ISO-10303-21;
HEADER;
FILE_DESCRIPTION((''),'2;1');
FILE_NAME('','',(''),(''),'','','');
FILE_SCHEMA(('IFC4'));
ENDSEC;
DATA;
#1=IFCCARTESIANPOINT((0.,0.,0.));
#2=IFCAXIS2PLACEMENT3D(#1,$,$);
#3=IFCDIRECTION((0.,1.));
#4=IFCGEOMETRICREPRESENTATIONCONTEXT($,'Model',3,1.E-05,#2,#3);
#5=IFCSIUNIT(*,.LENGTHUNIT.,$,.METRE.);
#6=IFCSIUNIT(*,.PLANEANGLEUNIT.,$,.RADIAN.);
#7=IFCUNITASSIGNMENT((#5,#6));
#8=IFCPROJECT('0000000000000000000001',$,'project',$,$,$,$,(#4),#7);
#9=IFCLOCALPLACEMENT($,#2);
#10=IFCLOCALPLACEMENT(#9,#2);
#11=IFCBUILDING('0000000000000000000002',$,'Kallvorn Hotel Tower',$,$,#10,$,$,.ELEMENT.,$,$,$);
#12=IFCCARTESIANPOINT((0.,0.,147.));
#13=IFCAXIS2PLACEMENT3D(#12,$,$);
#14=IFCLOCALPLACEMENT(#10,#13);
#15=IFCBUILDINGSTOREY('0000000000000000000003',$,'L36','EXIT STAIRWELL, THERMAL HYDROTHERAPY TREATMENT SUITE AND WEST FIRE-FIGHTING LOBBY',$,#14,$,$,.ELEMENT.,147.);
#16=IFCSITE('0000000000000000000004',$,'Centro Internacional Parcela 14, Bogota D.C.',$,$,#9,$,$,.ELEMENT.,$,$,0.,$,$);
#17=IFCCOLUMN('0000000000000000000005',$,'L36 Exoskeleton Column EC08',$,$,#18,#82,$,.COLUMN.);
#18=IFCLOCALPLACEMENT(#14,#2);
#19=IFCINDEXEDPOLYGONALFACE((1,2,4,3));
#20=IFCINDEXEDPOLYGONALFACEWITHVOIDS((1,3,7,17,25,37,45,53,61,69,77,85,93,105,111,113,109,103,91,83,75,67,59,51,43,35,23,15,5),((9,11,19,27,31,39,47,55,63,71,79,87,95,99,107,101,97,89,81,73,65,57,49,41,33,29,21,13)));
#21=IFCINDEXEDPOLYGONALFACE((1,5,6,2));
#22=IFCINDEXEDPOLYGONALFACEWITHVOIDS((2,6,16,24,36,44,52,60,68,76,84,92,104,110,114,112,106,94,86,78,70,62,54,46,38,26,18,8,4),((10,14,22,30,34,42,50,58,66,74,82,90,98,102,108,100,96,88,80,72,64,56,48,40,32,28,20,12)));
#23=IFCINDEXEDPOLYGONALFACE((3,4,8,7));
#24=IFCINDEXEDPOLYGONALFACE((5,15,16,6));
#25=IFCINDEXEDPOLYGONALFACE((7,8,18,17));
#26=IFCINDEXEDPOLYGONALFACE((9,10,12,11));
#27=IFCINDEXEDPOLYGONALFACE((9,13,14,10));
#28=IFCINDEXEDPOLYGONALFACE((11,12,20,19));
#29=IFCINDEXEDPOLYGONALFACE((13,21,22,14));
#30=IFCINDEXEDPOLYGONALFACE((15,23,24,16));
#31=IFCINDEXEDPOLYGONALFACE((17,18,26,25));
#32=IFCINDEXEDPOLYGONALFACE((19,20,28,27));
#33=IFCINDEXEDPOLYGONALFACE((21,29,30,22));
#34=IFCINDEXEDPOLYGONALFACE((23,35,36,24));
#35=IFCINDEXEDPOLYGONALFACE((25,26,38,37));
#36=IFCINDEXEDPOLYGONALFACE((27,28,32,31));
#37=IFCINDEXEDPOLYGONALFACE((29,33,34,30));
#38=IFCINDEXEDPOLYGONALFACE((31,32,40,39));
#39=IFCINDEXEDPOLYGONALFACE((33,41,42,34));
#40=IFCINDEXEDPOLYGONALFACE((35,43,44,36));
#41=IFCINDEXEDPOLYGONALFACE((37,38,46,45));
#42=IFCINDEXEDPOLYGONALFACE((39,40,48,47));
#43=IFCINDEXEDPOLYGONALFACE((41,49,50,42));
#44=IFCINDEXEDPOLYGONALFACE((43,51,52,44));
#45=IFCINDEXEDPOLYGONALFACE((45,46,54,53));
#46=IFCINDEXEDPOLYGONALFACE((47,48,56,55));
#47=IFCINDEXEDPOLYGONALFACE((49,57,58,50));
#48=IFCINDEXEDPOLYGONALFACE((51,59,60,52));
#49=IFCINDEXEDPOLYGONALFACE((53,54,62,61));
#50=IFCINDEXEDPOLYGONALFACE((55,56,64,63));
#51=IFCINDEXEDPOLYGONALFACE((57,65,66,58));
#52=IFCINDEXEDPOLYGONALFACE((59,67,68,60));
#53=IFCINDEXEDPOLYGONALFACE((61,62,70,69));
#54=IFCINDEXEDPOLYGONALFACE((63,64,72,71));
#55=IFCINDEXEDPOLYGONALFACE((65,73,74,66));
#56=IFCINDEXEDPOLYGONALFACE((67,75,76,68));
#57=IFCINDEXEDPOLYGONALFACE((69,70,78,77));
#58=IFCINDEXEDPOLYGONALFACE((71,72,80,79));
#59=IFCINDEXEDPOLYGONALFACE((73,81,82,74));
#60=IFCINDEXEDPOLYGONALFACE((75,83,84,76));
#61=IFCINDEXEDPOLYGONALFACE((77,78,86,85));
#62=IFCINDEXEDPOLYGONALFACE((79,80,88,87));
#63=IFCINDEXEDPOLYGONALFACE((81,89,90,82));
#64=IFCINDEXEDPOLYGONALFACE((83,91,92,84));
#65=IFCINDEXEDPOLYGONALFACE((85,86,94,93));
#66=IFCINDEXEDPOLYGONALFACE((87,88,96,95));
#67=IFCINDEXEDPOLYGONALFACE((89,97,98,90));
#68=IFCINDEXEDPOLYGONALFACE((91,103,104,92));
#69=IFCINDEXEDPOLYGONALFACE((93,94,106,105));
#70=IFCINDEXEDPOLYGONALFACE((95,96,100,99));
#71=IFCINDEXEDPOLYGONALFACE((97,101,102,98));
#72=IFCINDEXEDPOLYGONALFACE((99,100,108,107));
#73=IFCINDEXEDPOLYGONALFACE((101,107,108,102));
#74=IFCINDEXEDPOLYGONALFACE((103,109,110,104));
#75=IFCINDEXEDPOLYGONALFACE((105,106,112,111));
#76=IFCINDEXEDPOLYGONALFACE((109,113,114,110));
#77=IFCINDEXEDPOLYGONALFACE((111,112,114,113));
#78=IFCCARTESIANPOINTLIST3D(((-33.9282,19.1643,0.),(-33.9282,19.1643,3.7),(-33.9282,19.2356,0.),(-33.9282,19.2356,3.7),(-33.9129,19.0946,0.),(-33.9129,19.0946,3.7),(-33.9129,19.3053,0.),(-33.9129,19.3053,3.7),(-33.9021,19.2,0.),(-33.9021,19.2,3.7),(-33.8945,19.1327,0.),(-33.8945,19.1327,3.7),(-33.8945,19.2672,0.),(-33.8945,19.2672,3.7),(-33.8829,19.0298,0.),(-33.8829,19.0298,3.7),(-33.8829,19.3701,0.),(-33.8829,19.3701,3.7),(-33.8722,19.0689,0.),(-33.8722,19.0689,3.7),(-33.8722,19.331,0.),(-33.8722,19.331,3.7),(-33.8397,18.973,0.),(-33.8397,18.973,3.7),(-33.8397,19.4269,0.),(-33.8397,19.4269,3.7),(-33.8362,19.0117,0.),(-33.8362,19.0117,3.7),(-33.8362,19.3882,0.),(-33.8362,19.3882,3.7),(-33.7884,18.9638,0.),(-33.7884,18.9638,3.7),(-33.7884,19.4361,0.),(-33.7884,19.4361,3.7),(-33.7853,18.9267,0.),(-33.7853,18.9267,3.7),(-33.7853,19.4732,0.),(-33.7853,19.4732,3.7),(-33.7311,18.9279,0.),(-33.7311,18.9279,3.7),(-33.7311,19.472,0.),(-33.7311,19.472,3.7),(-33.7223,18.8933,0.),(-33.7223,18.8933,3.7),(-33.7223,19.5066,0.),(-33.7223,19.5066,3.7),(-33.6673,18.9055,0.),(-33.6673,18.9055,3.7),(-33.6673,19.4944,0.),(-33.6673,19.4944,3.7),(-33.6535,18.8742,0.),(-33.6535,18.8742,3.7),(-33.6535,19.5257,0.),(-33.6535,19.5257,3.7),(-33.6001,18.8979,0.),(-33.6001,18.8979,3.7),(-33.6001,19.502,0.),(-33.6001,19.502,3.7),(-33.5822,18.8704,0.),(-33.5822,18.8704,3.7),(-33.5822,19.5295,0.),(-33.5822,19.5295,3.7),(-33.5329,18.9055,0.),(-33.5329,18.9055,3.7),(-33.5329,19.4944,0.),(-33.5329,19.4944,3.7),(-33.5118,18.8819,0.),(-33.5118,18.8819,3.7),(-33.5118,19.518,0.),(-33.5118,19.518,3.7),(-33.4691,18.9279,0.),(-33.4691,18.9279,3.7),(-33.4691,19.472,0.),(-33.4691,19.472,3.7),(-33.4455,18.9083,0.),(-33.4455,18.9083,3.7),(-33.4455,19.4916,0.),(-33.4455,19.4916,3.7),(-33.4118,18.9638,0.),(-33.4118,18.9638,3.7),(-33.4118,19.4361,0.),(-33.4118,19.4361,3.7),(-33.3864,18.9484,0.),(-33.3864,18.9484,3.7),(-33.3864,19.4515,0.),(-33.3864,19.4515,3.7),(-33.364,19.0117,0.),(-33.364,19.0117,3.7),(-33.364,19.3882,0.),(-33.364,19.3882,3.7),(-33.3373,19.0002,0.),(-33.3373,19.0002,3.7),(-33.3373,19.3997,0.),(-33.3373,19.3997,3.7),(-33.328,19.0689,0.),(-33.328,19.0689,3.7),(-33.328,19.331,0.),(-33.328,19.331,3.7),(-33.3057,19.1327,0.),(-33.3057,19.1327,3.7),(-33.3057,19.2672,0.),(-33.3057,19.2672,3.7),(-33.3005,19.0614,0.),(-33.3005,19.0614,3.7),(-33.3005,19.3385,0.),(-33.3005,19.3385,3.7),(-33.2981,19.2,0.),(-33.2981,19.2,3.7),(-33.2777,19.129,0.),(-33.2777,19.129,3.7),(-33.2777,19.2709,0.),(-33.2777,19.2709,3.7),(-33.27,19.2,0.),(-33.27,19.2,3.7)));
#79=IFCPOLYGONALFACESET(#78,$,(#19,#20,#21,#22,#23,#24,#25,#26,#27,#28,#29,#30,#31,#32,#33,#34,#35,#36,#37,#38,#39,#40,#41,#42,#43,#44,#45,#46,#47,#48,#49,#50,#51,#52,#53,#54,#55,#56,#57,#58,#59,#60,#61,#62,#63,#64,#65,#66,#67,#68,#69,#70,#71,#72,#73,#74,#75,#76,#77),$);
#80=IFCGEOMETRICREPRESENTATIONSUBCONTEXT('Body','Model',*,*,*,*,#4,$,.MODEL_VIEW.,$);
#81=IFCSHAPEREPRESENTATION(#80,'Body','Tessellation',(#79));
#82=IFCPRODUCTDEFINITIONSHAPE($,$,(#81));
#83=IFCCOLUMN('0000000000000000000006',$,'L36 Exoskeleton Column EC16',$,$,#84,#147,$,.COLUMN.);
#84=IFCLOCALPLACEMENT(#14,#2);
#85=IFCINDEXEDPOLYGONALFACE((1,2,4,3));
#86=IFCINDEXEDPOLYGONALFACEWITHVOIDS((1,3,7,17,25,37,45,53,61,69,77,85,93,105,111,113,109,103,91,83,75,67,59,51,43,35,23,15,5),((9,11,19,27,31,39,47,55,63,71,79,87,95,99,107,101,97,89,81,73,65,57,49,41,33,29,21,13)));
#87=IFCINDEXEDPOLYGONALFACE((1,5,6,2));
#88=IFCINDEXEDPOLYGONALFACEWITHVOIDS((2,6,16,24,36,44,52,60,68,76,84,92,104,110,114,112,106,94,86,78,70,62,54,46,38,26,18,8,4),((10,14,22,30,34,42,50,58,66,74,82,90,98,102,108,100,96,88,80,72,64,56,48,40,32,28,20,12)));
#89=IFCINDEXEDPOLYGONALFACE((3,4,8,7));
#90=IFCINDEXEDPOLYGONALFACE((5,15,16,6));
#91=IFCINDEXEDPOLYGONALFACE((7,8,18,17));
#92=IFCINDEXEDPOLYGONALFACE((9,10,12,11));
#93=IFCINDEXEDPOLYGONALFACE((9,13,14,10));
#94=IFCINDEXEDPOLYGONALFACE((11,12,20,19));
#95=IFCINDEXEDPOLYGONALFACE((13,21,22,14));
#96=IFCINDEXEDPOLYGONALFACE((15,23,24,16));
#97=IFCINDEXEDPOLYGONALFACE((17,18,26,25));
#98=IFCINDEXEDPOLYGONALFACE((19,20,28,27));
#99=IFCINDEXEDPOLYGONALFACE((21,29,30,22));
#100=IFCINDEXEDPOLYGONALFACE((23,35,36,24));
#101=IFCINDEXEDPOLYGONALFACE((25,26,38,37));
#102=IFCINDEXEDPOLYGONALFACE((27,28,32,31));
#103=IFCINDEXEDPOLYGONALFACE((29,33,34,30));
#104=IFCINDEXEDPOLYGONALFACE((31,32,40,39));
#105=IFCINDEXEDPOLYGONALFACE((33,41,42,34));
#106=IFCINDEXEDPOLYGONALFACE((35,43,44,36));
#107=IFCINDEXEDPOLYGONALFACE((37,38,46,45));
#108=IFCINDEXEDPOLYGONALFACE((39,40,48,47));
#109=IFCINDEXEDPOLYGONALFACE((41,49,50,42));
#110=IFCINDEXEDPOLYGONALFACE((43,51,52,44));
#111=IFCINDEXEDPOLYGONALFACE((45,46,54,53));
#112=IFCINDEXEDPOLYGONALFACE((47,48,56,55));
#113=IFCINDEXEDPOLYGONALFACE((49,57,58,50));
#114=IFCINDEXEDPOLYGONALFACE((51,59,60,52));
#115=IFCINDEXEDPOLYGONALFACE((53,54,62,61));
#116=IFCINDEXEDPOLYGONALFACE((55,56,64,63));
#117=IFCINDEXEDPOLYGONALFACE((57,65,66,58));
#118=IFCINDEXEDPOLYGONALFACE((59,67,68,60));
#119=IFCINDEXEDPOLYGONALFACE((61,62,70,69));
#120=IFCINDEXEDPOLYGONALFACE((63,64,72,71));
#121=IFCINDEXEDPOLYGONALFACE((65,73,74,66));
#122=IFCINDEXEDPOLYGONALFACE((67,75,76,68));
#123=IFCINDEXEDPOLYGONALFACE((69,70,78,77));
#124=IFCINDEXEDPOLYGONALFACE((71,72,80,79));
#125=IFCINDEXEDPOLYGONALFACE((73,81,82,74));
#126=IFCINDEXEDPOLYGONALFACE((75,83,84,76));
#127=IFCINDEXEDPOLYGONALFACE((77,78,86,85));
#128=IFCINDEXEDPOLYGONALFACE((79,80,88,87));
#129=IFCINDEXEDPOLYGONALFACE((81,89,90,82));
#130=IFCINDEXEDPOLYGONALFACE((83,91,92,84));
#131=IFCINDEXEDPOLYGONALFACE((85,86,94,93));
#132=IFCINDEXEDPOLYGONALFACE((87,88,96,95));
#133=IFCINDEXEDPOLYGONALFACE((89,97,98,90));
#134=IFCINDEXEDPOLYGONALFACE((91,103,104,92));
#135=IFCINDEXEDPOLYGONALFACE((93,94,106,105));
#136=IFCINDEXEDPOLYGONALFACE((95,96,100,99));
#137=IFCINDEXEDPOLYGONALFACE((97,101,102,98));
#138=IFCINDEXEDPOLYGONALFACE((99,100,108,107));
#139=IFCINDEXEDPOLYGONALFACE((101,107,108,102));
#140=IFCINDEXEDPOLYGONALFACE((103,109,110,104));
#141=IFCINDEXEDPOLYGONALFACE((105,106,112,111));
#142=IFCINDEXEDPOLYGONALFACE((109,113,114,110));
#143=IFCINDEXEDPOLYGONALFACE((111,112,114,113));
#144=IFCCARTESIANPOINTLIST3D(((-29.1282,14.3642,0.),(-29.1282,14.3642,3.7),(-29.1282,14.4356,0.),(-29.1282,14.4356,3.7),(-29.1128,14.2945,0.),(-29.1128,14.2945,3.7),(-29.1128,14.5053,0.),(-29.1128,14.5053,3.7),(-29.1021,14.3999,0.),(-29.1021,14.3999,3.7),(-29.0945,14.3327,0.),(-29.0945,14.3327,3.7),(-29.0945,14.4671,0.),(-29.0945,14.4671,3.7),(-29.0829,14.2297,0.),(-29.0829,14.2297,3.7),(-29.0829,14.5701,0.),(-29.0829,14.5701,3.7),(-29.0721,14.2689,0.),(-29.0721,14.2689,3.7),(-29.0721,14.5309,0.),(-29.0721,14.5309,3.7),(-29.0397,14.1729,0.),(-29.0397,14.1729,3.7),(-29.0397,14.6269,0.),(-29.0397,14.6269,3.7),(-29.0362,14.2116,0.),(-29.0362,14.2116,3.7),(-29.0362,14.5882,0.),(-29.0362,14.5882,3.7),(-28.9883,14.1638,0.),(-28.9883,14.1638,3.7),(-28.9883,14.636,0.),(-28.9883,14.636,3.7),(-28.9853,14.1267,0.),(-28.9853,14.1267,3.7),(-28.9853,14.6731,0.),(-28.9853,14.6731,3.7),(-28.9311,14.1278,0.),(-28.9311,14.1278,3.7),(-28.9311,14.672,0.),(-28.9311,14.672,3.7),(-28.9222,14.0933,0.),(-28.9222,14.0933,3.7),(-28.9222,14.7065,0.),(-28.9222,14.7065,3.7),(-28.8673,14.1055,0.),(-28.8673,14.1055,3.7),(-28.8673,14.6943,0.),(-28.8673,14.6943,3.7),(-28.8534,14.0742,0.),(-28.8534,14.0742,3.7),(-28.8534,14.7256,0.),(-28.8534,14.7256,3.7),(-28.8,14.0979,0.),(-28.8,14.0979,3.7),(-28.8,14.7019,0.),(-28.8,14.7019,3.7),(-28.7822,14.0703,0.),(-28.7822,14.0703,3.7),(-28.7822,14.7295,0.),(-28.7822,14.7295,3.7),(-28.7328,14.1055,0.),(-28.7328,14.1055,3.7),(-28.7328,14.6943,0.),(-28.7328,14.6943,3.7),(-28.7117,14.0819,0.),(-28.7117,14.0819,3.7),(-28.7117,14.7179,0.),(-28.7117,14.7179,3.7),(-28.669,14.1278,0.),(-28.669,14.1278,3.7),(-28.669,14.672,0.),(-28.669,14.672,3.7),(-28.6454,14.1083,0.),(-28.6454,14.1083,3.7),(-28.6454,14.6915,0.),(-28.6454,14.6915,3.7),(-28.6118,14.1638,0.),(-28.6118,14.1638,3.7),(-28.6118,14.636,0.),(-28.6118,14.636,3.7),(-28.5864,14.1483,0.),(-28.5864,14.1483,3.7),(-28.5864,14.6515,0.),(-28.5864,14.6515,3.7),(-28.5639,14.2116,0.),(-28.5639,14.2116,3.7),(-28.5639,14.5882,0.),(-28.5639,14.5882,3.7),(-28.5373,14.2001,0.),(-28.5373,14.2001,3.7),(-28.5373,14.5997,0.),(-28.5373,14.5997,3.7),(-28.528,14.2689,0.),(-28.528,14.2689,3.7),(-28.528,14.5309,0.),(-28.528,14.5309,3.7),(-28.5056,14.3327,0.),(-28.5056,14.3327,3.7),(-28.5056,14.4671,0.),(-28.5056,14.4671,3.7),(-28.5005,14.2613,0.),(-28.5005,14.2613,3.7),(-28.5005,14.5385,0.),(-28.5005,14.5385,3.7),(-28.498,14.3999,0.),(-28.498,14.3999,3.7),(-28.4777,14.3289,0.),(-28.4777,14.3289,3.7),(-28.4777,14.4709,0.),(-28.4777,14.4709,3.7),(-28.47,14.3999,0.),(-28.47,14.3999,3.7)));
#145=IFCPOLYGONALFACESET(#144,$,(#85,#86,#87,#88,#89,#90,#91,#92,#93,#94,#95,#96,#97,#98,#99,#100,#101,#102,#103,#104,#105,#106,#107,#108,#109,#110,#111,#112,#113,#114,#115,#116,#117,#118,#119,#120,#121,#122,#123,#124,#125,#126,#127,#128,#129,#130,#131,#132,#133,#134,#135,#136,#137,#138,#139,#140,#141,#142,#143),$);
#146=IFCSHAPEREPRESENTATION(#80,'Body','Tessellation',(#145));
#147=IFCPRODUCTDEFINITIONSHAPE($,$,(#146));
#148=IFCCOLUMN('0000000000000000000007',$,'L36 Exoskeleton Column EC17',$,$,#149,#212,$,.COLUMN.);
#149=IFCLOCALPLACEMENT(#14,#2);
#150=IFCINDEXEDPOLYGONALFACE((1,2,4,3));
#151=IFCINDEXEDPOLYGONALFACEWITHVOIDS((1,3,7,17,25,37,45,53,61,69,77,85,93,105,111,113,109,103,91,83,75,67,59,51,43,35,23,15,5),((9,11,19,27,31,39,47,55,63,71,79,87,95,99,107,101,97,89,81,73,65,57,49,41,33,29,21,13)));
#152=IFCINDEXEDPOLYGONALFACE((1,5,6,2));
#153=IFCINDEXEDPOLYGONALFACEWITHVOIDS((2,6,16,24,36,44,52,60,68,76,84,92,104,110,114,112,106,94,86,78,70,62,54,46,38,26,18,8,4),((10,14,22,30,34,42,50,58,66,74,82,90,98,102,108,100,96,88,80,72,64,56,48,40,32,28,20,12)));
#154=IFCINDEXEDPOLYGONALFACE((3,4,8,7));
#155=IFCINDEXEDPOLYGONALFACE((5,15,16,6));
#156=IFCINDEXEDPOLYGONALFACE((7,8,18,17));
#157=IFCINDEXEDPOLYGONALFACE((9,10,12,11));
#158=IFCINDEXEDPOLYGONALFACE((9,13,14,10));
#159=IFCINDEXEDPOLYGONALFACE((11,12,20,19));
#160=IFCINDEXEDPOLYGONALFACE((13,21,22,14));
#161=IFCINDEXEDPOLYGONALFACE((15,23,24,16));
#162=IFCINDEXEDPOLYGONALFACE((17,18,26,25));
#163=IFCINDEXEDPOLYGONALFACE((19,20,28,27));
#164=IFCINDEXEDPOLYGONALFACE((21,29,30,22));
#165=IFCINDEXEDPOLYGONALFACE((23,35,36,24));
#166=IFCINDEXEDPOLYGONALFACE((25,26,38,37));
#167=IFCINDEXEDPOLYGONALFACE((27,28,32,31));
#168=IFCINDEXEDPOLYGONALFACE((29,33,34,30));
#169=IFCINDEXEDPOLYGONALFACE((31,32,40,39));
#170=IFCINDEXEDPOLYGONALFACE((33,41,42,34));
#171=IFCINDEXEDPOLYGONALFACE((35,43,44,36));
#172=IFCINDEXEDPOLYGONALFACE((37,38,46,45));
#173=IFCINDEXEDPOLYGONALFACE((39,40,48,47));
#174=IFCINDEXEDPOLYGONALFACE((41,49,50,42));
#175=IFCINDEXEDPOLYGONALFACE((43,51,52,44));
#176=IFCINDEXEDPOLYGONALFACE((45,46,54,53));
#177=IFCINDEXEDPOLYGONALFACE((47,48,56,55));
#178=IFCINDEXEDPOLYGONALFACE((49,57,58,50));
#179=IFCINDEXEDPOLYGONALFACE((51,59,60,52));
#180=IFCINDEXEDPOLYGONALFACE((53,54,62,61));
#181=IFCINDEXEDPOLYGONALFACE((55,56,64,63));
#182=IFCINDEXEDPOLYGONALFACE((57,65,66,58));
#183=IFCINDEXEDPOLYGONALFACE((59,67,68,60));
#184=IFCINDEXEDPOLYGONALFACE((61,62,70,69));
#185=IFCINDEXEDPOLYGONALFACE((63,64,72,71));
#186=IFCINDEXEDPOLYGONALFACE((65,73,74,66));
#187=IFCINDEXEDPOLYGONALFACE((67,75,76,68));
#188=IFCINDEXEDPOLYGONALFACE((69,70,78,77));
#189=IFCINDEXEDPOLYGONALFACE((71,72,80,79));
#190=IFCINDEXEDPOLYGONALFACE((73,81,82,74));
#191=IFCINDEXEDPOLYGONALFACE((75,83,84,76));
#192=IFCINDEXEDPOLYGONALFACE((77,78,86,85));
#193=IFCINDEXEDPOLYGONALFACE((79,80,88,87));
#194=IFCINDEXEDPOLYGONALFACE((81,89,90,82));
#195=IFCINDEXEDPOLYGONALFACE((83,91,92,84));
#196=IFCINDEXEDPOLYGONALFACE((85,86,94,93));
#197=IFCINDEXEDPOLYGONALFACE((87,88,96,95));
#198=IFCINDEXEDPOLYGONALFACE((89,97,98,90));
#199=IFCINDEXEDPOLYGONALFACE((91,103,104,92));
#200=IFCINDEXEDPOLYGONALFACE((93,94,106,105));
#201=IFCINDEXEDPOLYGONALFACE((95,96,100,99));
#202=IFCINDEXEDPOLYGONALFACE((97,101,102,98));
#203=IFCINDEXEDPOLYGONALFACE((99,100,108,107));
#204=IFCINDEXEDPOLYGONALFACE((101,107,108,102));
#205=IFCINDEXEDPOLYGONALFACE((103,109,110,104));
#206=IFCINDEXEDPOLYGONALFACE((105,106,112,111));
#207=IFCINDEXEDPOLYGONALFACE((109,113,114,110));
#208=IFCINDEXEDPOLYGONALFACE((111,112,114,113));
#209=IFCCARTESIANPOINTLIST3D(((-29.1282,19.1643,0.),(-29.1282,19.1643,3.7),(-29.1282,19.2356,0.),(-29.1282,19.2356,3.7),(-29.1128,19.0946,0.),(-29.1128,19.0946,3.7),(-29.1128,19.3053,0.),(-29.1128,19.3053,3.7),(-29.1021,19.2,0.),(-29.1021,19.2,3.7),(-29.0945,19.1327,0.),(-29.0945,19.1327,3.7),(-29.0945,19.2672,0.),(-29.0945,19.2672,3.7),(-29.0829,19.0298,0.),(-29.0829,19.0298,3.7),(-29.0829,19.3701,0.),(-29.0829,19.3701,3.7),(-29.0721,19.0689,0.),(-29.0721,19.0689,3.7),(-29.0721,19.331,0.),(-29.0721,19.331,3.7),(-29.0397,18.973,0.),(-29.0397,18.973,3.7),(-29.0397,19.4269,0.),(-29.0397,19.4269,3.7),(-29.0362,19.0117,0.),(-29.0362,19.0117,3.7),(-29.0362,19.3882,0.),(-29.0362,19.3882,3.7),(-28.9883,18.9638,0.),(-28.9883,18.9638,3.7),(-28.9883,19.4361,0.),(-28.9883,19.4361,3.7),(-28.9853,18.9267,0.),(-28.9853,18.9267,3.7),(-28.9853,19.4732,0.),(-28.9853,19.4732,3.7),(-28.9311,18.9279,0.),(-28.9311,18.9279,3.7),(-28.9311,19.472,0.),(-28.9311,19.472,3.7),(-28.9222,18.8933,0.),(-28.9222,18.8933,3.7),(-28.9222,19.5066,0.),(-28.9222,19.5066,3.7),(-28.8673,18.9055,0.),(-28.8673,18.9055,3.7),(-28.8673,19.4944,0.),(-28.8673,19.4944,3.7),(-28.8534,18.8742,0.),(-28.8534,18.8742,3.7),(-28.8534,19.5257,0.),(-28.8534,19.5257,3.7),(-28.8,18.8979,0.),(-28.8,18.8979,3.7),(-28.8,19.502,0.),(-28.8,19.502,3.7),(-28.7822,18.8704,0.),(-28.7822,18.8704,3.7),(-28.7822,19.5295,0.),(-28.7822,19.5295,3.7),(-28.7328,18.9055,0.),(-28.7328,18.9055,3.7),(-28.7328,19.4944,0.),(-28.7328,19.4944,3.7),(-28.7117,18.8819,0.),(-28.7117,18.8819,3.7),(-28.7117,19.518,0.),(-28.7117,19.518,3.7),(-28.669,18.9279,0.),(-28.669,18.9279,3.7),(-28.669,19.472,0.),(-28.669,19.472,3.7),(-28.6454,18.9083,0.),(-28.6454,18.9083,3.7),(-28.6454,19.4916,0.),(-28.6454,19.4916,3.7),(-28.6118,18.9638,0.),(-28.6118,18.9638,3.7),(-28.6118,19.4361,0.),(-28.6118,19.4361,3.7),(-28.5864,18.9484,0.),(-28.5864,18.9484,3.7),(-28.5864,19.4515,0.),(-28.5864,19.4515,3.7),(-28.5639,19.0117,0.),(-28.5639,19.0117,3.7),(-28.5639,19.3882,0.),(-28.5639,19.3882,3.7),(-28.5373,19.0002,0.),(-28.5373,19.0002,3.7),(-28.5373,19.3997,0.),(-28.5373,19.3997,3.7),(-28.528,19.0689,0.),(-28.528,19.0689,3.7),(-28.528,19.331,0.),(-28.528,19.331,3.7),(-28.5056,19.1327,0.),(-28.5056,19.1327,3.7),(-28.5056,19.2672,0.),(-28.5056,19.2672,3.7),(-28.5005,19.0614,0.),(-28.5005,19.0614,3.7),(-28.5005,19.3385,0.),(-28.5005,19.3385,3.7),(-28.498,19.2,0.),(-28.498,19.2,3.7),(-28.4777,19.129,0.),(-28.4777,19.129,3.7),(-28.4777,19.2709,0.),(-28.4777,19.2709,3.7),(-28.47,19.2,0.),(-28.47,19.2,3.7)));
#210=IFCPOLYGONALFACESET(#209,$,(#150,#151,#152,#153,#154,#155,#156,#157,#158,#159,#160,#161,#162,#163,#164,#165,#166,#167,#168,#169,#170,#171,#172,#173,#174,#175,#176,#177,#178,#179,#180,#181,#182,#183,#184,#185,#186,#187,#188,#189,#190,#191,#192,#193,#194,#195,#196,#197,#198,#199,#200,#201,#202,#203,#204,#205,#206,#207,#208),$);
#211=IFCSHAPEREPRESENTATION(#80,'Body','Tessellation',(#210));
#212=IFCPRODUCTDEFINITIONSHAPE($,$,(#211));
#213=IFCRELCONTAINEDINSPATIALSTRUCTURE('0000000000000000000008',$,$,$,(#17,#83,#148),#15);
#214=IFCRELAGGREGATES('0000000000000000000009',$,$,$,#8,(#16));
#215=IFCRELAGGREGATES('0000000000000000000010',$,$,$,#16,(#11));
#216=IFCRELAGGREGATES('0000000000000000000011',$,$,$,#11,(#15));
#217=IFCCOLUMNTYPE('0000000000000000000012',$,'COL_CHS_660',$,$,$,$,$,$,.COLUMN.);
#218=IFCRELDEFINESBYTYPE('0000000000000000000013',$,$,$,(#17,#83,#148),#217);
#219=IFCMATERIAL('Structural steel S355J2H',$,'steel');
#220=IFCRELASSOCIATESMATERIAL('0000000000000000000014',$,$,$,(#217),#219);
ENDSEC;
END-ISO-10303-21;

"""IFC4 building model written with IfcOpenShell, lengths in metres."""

from ifc_helpers import new_model, si_unit, direction, frame, origin, origin_2d, place, context, subcontext, project, spatial, hollow_circle, extrude, material, material_profile, profile_set, type_object, element, save


model = new_model("IFC4")

# Units and contexts
model_context = context("Model", 3, precision=1e-05, world=origin(), true_north=direction((0.0, 1.0)))
body_context = subcontext(model_context, "Body", "Model", "MODEL_VIEW")
ifc_project = project(units=[si_unit("LENGTHUNIT", "METRE"), si_unit("PLANEANGLEUNIT", "RADIAN")], contexts=[model_context])

# Site, building, storey
site_placement = place(None, origin())
site = spatial("IfcSite", under=ifc_project, at=site_placement, Name="Centro Internacional Parcela 14, Bogota D.C.", CompositionType="ELEMENT", RefElevation=0.0)
building_placement = place(site_placement, origin())
building = spatial("IfcBuilding", under=site, at=building_placement, Name="Kallvorn Hotel Tower", CompositionType="ELEMENT")
storey_placement = place(building_placement, frame((0.0, 0.0, 147.0)))
storey = spatial("IfcBuildingStorey", under=building, at=storey_placement, Name="L36", Description="EXIT STAIRWELL, THERMAL HYDROTHERAPY TREATMENT SUITE AND WEST FIRE-FIGHTING LOBBY", CompositionType="ELEMENT", Elevation=147.0)

# Columns
ifc_material_1 = material(Name="Structural steel S355J2H", Category="steel")
ifc_material_profile_1 = material_profile(ifc_material_1, hollow_circle(Radius=0.3301, WallThickness=0.0281, at=origin_2d()), Name="CHS 660x28")
ifc_profile_set_1 = profile_set([ifc_material_profile_1], Name="Structural steel S355J2H")
column_type_1 = type_object("IfcColumnType", Name="COL_CHS_660", PredefinedType="COLUMN", material=ifc_profile_set_1)
for number, where, z_axis, x_axis, name in (
    (1, (-33.6001, 19.2, 0.0), (0.0, 0.0, 1.0), (1.0, 0.0, 0.0), "L36 Exoskeleton Column EC08"),
    (2, (-28.8, 14.3999, 0.0), (0.0, 0.0, 1.0), (1.0, 0.0, 0.0), "L36 Exoskeleton Column EC16"),
    (3, (-28.8, 19.2, 0.0), (0.0, 0.0, 1.0), (1.0, 0.0, 0.0), "L36 Exoskeleton Column EC17"),
):
    element("IfcColumn", number, at=place(storey_placement, frame(where, z_axis=z_axis, x_axis=x_axis)), inside=storey, type_object=column_type_1, Name=name, PredefinedType="COLUMN", context=body_context, shape_type="SweptSolid", body=[
        extrude(hollow_circle(Radius=0.3301, WallThickness=0.0281, at=origin_2d()), origin(), (0.0, 0.0, 1.0), 3.7),
    ])

save(model, "model.ifc")
